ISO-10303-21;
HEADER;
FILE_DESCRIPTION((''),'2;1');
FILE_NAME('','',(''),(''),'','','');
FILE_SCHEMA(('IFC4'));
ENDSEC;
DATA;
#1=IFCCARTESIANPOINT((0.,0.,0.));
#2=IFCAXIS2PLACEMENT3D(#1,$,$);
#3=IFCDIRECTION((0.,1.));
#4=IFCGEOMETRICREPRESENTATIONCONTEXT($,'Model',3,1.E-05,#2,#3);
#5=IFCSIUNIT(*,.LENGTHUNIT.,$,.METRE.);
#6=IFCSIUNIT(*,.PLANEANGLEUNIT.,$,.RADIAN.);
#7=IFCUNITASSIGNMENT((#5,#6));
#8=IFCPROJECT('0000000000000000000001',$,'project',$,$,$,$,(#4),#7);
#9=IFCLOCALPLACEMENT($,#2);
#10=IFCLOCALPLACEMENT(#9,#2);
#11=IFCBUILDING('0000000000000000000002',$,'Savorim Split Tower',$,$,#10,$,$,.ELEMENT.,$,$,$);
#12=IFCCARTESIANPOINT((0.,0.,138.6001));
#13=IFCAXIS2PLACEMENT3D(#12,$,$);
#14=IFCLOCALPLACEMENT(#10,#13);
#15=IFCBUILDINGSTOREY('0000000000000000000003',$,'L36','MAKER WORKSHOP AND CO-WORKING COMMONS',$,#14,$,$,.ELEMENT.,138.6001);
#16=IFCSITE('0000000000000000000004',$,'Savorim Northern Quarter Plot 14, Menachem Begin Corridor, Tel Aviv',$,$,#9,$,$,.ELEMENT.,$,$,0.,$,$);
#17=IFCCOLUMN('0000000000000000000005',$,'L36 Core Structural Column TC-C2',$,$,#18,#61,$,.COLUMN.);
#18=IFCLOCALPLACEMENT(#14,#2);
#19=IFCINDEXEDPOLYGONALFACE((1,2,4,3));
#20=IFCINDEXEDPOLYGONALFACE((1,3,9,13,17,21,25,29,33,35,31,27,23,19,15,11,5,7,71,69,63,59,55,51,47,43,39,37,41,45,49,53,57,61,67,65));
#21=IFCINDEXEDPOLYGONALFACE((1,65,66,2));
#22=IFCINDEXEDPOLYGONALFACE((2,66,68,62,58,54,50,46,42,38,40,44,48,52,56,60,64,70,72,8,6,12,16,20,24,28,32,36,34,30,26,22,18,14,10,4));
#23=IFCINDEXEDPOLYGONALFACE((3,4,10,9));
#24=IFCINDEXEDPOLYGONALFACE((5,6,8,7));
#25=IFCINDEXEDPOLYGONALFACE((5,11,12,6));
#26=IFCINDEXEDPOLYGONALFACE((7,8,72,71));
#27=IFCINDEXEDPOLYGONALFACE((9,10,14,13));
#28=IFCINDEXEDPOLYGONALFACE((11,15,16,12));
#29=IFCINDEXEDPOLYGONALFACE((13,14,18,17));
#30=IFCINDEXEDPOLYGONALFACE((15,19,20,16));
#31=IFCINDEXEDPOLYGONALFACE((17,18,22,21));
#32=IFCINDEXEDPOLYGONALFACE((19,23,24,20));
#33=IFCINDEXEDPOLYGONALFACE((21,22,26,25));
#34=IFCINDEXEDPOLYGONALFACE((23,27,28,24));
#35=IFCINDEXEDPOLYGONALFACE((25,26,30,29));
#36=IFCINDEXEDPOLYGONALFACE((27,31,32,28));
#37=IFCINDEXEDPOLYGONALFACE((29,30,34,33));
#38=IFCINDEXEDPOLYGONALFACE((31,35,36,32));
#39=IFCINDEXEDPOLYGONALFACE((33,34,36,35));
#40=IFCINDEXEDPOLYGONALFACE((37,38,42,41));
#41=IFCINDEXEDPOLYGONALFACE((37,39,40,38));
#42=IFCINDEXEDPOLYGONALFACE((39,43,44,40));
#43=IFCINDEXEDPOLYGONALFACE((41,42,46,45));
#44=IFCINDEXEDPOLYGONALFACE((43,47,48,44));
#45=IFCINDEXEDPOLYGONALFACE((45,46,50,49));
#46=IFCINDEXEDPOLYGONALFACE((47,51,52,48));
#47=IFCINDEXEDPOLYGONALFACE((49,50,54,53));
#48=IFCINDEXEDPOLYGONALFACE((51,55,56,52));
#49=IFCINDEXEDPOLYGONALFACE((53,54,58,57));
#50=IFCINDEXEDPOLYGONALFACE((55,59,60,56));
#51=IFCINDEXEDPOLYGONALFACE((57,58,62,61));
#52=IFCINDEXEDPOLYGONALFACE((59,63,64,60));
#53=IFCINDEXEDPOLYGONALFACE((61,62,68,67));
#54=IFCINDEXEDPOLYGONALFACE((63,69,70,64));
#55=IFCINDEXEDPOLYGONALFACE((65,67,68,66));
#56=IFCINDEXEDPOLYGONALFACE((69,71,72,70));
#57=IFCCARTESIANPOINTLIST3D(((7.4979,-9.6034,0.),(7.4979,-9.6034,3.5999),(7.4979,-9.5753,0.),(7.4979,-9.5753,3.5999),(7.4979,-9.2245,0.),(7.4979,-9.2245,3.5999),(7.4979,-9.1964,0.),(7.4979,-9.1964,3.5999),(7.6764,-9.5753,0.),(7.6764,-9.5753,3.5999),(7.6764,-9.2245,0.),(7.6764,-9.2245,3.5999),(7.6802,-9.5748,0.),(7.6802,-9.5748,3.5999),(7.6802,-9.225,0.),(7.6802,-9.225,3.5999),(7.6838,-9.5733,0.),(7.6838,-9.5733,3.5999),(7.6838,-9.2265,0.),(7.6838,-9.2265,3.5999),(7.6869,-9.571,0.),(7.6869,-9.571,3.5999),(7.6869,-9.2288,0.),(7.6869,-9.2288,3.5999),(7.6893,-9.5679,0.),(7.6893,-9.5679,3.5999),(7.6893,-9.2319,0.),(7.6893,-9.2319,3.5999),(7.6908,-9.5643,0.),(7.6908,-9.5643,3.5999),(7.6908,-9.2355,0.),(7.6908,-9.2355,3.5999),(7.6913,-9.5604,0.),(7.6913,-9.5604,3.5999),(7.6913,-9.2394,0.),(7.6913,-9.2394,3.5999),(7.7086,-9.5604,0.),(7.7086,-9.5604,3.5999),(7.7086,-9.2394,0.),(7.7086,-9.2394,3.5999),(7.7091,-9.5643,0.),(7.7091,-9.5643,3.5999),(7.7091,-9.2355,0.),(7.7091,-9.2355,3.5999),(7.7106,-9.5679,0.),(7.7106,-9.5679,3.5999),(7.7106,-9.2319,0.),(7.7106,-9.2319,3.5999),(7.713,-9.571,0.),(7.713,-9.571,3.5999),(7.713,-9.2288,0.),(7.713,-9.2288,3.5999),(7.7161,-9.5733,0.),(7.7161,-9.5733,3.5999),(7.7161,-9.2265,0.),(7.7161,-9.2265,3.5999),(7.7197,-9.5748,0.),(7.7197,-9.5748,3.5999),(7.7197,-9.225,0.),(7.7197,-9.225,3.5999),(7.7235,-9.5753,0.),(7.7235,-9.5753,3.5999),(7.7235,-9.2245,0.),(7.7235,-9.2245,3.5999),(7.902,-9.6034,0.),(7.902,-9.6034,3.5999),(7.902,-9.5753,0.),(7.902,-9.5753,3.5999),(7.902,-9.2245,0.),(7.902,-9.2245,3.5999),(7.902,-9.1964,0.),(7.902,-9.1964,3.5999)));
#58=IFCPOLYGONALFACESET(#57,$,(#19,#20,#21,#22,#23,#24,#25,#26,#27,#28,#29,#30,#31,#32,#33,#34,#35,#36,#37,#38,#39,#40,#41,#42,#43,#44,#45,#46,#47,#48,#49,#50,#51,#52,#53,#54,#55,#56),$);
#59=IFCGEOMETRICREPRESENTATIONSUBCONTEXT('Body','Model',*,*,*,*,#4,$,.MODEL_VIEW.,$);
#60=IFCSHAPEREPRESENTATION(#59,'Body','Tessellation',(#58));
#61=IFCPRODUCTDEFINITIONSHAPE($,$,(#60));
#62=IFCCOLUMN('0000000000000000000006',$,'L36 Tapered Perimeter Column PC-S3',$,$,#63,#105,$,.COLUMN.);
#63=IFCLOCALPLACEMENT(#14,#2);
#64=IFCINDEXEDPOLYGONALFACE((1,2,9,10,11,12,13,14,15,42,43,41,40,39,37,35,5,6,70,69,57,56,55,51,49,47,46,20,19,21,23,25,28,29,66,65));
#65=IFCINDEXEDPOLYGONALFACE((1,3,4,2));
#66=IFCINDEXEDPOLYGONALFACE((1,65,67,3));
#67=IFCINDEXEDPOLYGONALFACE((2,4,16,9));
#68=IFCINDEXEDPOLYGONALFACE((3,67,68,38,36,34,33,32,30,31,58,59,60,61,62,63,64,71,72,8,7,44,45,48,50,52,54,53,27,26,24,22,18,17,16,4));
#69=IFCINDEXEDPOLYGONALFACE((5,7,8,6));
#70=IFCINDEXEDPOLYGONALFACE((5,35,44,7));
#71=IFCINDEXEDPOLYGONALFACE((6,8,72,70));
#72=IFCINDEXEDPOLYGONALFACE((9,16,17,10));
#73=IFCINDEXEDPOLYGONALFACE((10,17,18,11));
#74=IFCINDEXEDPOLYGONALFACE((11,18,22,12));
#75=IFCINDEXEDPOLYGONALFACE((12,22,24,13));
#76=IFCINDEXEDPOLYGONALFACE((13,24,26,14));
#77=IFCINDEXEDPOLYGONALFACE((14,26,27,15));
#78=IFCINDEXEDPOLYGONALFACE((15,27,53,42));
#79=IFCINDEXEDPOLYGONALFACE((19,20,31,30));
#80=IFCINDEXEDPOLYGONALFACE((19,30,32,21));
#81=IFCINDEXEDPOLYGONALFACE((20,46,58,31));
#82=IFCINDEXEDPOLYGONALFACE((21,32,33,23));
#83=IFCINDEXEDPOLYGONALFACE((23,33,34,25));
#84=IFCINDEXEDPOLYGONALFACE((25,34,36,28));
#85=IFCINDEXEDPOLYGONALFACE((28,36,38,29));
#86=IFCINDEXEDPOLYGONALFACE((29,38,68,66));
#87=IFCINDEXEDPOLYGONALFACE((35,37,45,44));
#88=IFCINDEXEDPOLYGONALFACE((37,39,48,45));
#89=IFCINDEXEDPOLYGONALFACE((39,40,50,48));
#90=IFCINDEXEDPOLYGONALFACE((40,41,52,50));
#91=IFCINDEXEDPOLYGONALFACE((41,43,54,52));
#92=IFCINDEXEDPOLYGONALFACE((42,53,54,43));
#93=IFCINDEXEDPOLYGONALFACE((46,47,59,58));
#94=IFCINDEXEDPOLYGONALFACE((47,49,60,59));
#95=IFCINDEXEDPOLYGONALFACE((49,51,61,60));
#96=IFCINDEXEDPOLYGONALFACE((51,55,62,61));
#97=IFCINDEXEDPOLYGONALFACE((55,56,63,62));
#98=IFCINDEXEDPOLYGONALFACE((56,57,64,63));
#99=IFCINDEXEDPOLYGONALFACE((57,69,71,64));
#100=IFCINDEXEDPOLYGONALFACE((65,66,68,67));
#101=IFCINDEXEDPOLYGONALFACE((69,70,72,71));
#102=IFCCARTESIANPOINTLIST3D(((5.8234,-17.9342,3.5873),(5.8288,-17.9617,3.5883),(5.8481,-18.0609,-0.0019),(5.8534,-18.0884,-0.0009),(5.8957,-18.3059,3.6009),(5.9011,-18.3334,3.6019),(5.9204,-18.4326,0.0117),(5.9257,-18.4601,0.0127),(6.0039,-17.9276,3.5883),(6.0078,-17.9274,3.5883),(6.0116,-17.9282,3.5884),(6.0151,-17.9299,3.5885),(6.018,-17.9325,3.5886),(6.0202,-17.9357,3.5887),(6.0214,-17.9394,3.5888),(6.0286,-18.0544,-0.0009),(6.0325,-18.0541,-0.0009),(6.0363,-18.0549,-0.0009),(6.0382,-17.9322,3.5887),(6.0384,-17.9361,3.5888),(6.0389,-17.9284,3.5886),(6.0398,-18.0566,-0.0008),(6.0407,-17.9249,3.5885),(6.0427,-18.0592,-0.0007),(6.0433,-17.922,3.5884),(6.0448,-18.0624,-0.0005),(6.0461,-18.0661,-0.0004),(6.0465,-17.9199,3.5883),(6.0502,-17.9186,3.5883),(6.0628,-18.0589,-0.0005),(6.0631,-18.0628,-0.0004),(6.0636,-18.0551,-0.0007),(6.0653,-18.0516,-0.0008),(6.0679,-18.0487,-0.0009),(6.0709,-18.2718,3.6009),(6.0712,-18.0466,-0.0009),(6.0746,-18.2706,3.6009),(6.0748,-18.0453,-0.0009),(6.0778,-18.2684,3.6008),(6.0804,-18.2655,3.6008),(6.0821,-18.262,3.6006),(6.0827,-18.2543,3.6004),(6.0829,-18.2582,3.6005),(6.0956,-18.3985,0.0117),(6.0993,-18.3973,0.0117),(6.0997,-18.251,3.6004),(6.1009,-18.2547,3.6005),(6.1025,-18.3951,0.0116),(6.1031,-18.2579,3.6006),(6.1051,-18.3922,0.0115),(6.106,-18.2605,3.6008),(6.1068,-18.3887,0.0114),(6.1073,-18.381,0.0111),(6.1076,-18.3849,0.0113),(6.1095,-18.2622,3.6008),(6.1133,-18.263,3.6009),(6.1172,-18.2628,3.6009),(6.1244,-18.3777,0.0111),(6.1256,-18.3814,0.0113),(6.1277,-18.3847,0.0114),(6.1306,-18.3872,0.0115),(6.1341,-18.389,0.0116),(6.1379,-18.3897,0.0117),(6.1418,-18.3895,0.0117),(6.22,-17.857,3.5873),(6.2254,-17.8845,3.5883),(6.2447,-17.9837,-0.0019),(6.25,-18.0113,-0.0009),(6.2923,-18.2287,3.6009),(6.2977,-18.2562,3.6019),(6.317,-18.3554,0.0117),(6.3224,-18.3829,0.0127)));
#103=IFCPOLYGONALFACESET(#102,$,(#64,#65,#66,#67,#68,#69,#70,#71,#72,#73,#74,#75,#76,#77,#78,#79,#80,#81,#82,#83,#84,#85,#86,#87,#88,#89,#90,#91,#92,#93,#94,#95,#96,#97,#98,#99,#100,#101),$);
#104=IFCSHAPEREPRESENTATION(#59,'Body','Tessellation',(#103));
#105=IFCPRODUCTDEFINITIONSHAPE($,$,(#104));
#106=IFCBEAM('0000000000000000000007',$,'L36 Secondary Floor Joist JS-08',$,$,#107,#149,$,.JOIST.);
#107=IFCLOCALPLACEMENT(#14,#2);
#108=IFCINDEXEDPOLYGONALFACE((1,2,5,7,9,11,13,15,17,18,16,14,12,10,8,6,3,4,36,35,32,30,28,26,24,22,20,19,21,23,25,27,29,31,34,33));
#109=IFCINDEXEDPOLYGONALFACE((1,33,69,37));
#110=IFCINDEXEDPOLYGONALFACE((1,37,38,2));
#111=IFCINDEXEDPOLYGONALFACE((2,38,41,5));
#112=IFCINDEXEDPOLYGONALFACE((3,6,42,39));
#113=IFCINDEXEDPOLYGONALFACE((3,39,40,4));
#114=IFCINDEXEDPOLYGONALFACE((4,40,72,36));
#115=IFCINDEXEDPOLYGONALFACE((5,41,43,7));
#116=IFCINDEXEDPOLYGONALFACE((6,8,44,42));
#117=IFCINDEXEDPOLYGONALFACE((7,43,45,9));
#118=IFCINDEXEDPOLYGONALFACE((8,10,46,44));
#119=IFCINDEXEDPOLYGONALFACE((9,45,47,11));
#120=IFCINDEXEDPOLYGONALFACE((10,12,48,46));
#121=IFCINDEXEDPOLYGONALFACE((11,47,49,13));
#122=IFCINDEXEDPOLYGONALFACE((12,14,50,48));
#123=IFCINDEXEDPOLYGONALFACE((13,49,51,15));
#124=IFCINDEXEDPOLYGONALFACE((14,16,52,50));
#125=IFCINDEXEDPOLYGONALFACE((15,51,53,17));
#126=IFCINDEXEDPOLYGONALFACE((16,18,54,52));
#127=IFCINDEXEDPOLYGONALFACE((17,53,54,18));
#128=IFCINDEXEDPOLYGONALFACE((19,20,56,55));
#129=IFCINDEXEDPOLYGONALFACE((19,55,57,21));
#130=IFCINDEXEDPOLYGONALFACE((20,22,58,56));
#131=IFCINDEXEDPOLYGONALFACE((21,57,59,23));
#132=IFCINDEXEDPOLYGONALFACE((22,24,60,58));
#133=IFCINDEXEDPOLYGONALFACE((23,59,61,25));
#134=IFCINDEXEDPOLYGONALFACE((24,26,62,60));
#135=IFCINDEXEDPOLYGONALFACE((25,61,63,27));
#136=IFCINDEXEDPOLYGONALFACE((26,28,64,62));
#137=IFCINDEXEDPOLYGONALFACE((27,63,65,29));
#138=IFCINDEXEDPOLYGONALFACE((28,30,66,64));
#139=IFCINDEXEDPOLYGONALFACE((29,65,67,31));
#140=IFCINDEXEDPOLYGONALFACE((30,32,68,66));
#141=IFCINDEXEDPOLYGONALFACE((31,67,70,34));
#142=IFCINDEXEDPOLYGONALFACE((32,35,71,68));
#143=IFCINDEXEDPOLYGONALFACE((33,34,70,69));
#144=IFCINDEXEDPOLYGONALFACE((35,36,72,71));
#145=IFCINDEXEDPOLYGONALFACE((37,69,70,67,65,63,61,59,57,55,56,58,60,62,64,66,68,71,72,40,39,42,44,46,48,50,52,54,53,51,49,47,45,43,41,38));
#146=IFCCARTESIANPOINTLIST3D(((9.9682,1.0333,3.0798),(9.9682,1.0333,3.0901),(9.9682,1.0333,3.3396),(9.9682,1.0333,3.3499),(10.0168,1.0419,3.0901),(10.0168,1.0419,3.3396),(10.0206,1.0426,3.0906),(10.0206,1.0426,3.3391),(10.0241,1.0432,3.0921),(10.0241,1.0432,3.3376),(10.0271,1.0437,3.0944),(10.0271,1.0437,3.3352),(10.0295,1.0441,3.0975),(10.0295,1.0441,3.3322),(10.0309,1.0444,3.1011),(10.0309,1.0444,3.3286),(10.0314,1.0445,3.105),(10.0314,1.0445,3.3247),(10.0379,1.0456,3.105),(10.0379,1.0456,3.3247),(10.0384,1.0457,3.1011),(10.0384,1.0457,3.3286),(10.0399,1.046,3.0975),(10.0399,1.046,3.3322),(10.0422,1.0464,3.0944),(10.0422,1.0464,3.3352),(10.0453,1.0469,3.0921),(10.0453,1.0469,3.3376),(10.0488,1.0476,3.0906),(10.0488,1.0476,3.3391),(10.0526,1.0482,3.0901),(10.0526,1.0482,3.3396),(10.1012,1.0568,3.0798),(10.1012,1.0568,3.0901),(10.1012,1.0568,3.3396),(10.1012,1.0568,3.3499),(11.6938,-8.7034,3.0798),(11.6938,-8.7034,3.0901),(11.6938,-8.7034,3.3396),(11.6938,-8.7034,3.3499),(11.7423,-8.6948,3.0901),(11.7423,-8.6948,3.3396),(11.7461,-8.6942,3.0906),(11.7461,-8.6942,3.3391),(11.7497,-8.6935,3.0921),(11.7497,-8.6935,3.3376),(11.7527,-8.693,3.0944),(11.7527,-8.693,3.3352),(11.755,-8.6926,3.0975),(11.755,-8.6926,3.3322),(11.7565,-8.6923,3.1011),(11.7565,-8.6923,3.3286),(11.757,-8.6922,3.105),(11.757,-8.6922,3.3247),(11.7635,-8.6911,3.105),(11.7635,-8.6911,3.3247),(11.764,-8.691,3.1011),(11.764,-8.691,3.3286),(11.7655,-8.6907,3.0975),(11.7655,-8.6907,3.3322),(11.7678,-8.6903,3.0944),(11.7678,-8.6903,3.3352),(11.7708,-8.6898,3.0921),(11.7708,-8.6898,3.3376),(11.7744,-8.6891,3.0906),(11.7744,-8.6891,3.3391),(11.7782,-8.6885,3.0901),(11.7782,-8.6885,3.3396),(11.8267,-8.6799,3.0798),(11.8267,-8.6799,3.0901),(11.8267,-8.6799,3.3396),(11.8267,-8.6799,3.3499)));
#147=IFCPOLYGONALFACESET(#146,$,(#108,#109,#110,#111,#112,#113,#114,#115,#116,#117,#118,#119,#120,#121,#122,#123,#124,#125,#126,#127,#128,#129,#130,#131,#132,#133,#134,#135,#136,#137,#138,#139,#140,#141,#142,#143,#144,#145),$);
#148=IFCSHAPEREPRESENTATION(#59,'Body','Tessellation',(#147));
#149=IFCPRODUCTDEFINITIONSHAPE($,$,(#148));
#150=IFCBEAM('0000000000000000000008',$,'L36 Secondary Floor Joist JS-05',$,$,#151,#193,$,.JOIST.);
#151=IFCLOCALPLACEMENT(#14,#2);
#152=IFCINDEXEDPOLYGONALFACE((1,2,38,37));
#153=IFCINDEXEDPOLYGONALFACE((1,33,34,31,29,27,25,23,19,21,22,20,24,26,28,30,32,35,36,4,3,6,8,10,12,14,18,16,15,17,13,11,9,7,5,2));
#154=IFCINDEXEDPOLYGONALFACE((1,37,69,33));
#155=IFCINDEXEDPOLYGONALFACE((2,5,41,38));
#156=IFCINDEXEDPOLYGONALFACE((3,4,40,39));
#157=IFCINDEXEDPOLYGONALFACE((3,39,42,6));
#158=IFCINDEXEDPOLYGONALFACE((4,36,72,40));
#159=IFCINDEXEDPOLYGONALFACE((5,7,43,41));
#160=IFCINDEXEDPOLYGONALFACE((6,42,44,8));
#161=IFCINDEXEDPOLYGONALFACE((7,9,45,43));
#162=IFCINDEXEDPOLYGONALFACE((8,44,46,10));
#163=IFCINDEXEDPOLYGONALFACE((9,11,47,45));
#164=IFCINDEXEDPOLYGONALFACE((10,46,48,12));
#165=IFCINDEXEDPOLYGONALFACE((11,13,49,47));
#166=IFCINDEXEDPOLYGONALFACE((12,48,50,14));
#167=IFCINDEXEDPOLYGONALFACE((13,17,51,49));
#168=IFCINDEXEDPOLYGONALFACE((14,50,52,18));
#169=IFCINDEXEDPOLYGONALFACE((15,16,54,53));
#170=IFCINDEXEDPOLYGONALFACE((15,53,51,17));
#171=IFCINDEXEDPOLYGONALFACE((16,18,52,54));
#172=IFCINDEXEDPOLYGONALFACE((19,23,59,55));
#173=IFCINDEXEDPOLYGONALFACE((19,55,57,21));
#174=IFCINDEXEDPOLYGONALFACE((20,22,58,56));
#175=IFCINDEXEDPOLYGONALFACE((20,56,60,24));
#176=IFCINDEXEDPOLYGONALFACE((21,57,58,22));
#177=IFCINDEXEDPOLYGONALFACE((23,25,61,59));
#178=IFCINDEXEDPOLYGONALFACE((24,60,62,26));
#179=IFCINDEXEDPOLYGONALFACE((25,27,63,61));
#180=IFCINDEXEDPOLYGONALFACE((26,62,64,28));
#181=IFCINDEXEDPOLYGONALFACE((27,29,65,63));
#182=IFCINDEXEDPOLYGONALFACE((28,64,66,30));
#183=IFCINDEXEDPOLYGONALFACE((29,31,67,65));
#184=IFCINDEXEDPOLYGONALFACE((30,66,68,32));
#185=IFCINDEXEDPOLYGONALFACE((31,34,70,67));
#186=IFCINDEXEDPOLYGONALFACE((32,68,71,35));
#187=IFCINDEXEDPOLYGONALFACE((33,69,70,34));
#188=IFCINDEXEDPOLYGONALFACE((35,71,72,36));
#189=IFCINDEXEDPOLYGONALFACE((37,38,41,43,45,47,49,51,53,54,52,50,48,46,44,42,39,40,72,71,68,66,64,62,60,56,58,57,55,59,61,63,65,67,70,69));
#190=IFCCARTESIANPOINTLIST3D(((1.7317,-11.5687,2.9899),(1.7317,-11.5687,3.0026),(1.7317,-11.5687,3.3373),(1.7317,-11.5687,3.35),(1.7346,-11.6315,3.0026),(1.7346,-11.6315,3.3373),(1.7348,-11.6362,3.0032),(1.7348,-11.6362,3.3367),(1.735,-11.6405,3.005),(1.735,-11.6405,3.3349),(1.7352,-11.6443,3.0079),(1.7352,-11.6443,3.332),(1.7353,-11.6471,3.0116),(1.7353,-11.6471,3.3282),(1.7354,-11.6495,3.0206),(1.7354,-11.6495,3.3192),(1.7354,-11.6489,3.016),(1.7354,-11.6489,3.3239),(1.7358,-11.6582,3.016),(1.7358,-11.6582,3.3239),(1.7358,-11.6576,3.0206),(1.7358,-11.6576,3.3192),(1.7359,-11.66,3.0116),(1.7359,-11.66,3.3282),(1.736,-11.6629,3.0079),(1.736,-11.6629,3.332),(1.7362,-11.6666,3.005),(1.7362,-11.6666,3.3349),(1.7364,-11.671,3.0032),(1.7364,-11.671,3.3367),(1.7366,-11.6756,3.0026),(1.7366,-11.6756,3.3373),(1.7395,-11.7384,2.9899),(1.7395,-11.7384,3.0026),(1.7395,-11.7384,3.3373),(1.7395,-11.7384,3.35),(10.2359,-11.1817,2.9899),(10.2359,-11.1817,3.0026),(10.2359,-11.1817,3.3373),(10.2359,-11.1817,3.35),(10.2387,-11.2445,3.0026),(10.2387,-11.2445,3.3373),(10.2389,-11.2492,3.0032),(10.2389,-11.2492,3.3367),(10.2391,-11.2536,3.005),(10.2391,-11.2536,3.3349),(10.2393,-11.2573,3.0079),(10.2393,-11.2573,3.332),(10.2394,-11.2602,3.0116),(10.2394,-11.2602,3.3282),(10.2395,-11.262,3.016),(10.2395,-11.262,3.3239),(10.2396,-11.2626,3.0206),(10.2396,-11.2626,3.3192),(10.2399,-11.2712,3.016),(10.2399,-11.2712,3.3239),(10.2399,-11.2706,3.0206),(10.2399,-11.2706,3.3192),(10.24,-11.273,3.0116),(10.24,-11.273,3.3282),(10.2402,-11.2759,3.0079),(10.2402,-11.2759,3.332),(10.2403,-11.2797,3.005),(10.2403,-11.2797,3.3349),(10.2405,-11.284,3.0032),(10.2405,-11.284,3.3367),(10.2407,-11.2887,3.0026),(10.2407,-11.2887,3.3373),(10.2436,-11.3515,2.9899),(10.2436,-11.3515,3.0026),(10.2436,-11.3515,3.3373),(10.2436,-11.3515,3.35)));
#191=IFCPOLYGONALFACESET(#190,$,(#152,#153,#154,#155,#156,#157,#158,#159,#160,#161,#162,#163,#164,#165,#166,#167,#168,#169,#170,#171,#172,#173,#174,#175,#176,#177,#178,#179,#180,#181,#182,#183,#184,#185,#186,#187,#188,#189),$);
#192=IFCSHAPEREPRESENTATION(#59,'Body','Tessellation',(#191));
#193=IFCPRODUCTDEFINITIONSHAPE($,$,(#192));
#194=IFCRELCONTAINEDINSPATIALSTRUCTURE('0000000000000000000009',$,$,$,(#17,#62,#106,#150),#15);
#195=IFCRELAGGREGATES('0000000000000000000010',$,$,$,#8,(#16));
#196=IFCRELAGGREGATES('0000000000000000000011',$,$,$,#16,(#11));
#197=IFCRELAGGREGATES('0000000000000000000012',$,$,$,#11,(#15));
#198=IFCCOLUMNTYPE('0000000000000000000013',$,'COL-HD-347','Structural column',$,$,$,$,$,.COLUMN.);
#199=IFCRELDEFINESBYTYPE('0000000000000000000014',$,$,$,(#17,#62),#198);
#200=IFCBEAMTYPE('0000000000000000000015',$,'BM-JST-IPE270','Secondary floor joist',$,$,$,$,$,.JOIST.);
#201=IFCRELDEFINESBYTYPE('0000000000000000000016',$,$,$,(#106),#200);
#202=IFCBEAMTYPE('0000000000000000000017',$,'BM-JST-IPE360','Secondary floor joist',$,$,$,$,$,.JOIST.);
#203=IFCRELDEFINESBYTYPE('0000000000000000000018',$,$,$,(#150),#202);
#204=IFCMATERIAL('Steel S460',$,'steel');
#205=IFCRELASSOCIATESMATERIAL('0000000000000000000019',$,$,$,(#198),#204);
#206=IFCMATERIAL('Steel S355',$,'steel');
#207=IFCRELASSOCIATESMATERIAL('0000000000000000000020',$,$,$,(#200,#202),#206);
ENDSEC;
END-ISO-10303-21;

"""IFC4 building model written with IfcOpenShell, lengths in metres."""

from ifc_helpers import new_model, si_unit, direction, frame, origin, origin_2d, place, context, subcontext, project, spatial, i_section, extrude, material, material_profile, profile_set, type_object, element, save


model = new_model("IFC4")

# Units and contexts
model_context = context("Model", 3, precision=1e-05, world=origin(), true_north=direction((0.0, 1.0)))
body_context = subcontext(model_context, "Body", "Model", "MODEL_VIEW")
ifc_project = project(units=[si_unit("LENGTHUNIT", "METRE"), si_unit("PLANEANGLEUNIT", "RADIAN")], contexts=[model_context])

# Site, building, storey
site_placement = place(None, origin())
site = spatial("IfcSite", under=ifc_project, at=site_placement, Name="Savorim Northern Quarter Plot 14, Menachem Begin Corridor, Tel Aviv", CompositionType="ELEMENT", RefElevation=0.0)
building_placement = place(site_placement, origin())
building = spatial("IfcBuilding", under=site, at=building_placement, Name="Savorim Split Tower", CompositionType="ELEMENT")
storey_placement = place(building_placement, frame((0.0, 0.0, 138.6001)))
storey = spatial("IfcBuildingStorey", under=building, at=storey_placement, Name="L36", Description="MAKER WORKSHOP AND CO-WORKING COMMONS", CompositionType="ELEMENT", Elevation=138.6001)

# Columns
ifc_material_1 = material(Name="Steel S460", Category="steel")
ifc_material_profile_1 = material_profile(ifc_material_1, i_section(OverallWidth=0.4041, OverallDepth=0.407, WebThickness=0.0173, FlangeThickness=0.0281, FilletRadius=0.0149, at=origin_2d()), Name="HD 400x347")
ifc_profile_set_1 = profile_set([ifc_material_profile_1], Name="Steel S460")
column_type = type_object("IfcColumnType", Name="COL-HD-347", Description="Structural column", PredefinedType="COLUMN", material=ifc_profile_set_1)
column_1_placement = place(storey_placement, frame((7.7, -9.3999, 0.0), z_axis=(0.0, 0.0, 1.0), x_axis=(1.0, 0.0, 0.0)))
element("IfcColumn", 1, at=column_1_placement, inside=storey, type_object=column_type, Name="L36 Core Structural Column TC-C2", PredefinedType="COLUMN", context=body_context, shape_type="SweptSolid", body=[
    extrude(i_section(OverallWidth=0.4041, OverallDepth=0.407, WebThickness=0.0173, FlangeThickness=0.0281, FilletRadius=0.0149, at=origin_2d()), origin(), (0.0, 0.0, 1.0), 3.5999),
])
column_2_placement = place(storey_placement, frame((6.0852, -18.2219, 0.0054), z_axis=(-0.006866, 0.035281, 0.999354), x_axis=(-0.981586, -0.191022, 0.0)))
element("IfcColumn", 2, at=column_2_placement, inside=storey, type_object=column_type, Name="L36 Tapered Perimeter Column PC-S3", PredefinedType="COLUMN", context=body_context, shape_type="SweptSolid", body=[
    extrude(i_section(OverallWidth=0.4041, OverallDepth=0.407, WebThickness=0.0173, FlangeThickness=0.0281, FilletRadius=0.0149, at=origin_2d()), origin(), (0.0, 0.0, 1.0), 3.5916),
])

# Beams
ifc_material_2 = material(Name="Steel S355", Category="steel")
ifc_material_profile_2 = material_profile(ifc_material_2, i_section(OverallWidth=0.135, OverallDepth=0.27, WebThickness=0.0066, FlangeThickness=0.0103, FilletRadius=0.0149, at=origin_2d()), Name="IPE 270")
ifc_profile_set_2 = profile_set([ifc_material_profile_2], Name="Steel S355")
beam_type_1 = type_object("IfcBeamType", Name="BM-JST-IPE270", Description="Secondary floor joist", PredefinedType="JOIST", material=ifc_profile_set_2)
beam_1_placement = place(storey_placement, frame((11.7603, -8.6917, 3.2148), z_axis=(-0.174504, 0.984657, 0.0), x_axis=(-0.984657, -0.174504, 0.0)))
element("IfcBeam", 3, at=beam_1_placement, inside=storey, type_object=beam_type_1, Name="L36 Secondary Floor Joist JS-08", PredefinedType="JOIST", context=body_context, shape_type="SweptSolid", body=[
    extrude(i_section(OverallWidth=0.135, OverallDepth=0.27, WebThickness=0.0066, FlangeThickness=0.0103, FilletRadius=0.0149, at=origin_2d()), origin(), (0.0, 0.0, 1.0), 9.8884),
])
ifc_material_profile_3 = material_profile(ifc_material_2, i_section(OverallWidth=0.1699, OverallDepth=0.3601, WebThickness=0.0081, FlangeThickness=0.0127, FilletRadius=0.0181, at=origin_2d()), Name="IPE 360")
ifc_profile_set_3 = profile_set([ifc_material_profile_3], Name="Steel S355")
beam_type_2 = type_object("IfcBeamType", Name="BM-JST-IPE360", Description="Secondary floor joist", PredefinedType="JOIST", material=ifc_profile_set_3)
beam_2_placement = place(storey_placement, frame((1.7356, -11.6536, 3.1699), z_axis=(0.998966, 0.045456, 0.0), x_axis=(-0.045456, 0.998966, 0.0)))
element("IfcBeam", 4, at=beam_2_placement, inside=storey, type_object=beam_type_2, Name="L36 Secondary Floor Joist JS-05", PredefinedType="JOIST", context=body_context, shape_type="SweptSolid", body=[
    extrude(i_section(OverallWidth=0.1699, OverallDepth=0.3601, WebThickness=0.0081, FlangeThickness=0.0127, FilletRadius=0.0181, at=origin_2d()), origin(), (0.0, 0.0, 1.0), 8.5129),
])

save(model, "model.ifc")
